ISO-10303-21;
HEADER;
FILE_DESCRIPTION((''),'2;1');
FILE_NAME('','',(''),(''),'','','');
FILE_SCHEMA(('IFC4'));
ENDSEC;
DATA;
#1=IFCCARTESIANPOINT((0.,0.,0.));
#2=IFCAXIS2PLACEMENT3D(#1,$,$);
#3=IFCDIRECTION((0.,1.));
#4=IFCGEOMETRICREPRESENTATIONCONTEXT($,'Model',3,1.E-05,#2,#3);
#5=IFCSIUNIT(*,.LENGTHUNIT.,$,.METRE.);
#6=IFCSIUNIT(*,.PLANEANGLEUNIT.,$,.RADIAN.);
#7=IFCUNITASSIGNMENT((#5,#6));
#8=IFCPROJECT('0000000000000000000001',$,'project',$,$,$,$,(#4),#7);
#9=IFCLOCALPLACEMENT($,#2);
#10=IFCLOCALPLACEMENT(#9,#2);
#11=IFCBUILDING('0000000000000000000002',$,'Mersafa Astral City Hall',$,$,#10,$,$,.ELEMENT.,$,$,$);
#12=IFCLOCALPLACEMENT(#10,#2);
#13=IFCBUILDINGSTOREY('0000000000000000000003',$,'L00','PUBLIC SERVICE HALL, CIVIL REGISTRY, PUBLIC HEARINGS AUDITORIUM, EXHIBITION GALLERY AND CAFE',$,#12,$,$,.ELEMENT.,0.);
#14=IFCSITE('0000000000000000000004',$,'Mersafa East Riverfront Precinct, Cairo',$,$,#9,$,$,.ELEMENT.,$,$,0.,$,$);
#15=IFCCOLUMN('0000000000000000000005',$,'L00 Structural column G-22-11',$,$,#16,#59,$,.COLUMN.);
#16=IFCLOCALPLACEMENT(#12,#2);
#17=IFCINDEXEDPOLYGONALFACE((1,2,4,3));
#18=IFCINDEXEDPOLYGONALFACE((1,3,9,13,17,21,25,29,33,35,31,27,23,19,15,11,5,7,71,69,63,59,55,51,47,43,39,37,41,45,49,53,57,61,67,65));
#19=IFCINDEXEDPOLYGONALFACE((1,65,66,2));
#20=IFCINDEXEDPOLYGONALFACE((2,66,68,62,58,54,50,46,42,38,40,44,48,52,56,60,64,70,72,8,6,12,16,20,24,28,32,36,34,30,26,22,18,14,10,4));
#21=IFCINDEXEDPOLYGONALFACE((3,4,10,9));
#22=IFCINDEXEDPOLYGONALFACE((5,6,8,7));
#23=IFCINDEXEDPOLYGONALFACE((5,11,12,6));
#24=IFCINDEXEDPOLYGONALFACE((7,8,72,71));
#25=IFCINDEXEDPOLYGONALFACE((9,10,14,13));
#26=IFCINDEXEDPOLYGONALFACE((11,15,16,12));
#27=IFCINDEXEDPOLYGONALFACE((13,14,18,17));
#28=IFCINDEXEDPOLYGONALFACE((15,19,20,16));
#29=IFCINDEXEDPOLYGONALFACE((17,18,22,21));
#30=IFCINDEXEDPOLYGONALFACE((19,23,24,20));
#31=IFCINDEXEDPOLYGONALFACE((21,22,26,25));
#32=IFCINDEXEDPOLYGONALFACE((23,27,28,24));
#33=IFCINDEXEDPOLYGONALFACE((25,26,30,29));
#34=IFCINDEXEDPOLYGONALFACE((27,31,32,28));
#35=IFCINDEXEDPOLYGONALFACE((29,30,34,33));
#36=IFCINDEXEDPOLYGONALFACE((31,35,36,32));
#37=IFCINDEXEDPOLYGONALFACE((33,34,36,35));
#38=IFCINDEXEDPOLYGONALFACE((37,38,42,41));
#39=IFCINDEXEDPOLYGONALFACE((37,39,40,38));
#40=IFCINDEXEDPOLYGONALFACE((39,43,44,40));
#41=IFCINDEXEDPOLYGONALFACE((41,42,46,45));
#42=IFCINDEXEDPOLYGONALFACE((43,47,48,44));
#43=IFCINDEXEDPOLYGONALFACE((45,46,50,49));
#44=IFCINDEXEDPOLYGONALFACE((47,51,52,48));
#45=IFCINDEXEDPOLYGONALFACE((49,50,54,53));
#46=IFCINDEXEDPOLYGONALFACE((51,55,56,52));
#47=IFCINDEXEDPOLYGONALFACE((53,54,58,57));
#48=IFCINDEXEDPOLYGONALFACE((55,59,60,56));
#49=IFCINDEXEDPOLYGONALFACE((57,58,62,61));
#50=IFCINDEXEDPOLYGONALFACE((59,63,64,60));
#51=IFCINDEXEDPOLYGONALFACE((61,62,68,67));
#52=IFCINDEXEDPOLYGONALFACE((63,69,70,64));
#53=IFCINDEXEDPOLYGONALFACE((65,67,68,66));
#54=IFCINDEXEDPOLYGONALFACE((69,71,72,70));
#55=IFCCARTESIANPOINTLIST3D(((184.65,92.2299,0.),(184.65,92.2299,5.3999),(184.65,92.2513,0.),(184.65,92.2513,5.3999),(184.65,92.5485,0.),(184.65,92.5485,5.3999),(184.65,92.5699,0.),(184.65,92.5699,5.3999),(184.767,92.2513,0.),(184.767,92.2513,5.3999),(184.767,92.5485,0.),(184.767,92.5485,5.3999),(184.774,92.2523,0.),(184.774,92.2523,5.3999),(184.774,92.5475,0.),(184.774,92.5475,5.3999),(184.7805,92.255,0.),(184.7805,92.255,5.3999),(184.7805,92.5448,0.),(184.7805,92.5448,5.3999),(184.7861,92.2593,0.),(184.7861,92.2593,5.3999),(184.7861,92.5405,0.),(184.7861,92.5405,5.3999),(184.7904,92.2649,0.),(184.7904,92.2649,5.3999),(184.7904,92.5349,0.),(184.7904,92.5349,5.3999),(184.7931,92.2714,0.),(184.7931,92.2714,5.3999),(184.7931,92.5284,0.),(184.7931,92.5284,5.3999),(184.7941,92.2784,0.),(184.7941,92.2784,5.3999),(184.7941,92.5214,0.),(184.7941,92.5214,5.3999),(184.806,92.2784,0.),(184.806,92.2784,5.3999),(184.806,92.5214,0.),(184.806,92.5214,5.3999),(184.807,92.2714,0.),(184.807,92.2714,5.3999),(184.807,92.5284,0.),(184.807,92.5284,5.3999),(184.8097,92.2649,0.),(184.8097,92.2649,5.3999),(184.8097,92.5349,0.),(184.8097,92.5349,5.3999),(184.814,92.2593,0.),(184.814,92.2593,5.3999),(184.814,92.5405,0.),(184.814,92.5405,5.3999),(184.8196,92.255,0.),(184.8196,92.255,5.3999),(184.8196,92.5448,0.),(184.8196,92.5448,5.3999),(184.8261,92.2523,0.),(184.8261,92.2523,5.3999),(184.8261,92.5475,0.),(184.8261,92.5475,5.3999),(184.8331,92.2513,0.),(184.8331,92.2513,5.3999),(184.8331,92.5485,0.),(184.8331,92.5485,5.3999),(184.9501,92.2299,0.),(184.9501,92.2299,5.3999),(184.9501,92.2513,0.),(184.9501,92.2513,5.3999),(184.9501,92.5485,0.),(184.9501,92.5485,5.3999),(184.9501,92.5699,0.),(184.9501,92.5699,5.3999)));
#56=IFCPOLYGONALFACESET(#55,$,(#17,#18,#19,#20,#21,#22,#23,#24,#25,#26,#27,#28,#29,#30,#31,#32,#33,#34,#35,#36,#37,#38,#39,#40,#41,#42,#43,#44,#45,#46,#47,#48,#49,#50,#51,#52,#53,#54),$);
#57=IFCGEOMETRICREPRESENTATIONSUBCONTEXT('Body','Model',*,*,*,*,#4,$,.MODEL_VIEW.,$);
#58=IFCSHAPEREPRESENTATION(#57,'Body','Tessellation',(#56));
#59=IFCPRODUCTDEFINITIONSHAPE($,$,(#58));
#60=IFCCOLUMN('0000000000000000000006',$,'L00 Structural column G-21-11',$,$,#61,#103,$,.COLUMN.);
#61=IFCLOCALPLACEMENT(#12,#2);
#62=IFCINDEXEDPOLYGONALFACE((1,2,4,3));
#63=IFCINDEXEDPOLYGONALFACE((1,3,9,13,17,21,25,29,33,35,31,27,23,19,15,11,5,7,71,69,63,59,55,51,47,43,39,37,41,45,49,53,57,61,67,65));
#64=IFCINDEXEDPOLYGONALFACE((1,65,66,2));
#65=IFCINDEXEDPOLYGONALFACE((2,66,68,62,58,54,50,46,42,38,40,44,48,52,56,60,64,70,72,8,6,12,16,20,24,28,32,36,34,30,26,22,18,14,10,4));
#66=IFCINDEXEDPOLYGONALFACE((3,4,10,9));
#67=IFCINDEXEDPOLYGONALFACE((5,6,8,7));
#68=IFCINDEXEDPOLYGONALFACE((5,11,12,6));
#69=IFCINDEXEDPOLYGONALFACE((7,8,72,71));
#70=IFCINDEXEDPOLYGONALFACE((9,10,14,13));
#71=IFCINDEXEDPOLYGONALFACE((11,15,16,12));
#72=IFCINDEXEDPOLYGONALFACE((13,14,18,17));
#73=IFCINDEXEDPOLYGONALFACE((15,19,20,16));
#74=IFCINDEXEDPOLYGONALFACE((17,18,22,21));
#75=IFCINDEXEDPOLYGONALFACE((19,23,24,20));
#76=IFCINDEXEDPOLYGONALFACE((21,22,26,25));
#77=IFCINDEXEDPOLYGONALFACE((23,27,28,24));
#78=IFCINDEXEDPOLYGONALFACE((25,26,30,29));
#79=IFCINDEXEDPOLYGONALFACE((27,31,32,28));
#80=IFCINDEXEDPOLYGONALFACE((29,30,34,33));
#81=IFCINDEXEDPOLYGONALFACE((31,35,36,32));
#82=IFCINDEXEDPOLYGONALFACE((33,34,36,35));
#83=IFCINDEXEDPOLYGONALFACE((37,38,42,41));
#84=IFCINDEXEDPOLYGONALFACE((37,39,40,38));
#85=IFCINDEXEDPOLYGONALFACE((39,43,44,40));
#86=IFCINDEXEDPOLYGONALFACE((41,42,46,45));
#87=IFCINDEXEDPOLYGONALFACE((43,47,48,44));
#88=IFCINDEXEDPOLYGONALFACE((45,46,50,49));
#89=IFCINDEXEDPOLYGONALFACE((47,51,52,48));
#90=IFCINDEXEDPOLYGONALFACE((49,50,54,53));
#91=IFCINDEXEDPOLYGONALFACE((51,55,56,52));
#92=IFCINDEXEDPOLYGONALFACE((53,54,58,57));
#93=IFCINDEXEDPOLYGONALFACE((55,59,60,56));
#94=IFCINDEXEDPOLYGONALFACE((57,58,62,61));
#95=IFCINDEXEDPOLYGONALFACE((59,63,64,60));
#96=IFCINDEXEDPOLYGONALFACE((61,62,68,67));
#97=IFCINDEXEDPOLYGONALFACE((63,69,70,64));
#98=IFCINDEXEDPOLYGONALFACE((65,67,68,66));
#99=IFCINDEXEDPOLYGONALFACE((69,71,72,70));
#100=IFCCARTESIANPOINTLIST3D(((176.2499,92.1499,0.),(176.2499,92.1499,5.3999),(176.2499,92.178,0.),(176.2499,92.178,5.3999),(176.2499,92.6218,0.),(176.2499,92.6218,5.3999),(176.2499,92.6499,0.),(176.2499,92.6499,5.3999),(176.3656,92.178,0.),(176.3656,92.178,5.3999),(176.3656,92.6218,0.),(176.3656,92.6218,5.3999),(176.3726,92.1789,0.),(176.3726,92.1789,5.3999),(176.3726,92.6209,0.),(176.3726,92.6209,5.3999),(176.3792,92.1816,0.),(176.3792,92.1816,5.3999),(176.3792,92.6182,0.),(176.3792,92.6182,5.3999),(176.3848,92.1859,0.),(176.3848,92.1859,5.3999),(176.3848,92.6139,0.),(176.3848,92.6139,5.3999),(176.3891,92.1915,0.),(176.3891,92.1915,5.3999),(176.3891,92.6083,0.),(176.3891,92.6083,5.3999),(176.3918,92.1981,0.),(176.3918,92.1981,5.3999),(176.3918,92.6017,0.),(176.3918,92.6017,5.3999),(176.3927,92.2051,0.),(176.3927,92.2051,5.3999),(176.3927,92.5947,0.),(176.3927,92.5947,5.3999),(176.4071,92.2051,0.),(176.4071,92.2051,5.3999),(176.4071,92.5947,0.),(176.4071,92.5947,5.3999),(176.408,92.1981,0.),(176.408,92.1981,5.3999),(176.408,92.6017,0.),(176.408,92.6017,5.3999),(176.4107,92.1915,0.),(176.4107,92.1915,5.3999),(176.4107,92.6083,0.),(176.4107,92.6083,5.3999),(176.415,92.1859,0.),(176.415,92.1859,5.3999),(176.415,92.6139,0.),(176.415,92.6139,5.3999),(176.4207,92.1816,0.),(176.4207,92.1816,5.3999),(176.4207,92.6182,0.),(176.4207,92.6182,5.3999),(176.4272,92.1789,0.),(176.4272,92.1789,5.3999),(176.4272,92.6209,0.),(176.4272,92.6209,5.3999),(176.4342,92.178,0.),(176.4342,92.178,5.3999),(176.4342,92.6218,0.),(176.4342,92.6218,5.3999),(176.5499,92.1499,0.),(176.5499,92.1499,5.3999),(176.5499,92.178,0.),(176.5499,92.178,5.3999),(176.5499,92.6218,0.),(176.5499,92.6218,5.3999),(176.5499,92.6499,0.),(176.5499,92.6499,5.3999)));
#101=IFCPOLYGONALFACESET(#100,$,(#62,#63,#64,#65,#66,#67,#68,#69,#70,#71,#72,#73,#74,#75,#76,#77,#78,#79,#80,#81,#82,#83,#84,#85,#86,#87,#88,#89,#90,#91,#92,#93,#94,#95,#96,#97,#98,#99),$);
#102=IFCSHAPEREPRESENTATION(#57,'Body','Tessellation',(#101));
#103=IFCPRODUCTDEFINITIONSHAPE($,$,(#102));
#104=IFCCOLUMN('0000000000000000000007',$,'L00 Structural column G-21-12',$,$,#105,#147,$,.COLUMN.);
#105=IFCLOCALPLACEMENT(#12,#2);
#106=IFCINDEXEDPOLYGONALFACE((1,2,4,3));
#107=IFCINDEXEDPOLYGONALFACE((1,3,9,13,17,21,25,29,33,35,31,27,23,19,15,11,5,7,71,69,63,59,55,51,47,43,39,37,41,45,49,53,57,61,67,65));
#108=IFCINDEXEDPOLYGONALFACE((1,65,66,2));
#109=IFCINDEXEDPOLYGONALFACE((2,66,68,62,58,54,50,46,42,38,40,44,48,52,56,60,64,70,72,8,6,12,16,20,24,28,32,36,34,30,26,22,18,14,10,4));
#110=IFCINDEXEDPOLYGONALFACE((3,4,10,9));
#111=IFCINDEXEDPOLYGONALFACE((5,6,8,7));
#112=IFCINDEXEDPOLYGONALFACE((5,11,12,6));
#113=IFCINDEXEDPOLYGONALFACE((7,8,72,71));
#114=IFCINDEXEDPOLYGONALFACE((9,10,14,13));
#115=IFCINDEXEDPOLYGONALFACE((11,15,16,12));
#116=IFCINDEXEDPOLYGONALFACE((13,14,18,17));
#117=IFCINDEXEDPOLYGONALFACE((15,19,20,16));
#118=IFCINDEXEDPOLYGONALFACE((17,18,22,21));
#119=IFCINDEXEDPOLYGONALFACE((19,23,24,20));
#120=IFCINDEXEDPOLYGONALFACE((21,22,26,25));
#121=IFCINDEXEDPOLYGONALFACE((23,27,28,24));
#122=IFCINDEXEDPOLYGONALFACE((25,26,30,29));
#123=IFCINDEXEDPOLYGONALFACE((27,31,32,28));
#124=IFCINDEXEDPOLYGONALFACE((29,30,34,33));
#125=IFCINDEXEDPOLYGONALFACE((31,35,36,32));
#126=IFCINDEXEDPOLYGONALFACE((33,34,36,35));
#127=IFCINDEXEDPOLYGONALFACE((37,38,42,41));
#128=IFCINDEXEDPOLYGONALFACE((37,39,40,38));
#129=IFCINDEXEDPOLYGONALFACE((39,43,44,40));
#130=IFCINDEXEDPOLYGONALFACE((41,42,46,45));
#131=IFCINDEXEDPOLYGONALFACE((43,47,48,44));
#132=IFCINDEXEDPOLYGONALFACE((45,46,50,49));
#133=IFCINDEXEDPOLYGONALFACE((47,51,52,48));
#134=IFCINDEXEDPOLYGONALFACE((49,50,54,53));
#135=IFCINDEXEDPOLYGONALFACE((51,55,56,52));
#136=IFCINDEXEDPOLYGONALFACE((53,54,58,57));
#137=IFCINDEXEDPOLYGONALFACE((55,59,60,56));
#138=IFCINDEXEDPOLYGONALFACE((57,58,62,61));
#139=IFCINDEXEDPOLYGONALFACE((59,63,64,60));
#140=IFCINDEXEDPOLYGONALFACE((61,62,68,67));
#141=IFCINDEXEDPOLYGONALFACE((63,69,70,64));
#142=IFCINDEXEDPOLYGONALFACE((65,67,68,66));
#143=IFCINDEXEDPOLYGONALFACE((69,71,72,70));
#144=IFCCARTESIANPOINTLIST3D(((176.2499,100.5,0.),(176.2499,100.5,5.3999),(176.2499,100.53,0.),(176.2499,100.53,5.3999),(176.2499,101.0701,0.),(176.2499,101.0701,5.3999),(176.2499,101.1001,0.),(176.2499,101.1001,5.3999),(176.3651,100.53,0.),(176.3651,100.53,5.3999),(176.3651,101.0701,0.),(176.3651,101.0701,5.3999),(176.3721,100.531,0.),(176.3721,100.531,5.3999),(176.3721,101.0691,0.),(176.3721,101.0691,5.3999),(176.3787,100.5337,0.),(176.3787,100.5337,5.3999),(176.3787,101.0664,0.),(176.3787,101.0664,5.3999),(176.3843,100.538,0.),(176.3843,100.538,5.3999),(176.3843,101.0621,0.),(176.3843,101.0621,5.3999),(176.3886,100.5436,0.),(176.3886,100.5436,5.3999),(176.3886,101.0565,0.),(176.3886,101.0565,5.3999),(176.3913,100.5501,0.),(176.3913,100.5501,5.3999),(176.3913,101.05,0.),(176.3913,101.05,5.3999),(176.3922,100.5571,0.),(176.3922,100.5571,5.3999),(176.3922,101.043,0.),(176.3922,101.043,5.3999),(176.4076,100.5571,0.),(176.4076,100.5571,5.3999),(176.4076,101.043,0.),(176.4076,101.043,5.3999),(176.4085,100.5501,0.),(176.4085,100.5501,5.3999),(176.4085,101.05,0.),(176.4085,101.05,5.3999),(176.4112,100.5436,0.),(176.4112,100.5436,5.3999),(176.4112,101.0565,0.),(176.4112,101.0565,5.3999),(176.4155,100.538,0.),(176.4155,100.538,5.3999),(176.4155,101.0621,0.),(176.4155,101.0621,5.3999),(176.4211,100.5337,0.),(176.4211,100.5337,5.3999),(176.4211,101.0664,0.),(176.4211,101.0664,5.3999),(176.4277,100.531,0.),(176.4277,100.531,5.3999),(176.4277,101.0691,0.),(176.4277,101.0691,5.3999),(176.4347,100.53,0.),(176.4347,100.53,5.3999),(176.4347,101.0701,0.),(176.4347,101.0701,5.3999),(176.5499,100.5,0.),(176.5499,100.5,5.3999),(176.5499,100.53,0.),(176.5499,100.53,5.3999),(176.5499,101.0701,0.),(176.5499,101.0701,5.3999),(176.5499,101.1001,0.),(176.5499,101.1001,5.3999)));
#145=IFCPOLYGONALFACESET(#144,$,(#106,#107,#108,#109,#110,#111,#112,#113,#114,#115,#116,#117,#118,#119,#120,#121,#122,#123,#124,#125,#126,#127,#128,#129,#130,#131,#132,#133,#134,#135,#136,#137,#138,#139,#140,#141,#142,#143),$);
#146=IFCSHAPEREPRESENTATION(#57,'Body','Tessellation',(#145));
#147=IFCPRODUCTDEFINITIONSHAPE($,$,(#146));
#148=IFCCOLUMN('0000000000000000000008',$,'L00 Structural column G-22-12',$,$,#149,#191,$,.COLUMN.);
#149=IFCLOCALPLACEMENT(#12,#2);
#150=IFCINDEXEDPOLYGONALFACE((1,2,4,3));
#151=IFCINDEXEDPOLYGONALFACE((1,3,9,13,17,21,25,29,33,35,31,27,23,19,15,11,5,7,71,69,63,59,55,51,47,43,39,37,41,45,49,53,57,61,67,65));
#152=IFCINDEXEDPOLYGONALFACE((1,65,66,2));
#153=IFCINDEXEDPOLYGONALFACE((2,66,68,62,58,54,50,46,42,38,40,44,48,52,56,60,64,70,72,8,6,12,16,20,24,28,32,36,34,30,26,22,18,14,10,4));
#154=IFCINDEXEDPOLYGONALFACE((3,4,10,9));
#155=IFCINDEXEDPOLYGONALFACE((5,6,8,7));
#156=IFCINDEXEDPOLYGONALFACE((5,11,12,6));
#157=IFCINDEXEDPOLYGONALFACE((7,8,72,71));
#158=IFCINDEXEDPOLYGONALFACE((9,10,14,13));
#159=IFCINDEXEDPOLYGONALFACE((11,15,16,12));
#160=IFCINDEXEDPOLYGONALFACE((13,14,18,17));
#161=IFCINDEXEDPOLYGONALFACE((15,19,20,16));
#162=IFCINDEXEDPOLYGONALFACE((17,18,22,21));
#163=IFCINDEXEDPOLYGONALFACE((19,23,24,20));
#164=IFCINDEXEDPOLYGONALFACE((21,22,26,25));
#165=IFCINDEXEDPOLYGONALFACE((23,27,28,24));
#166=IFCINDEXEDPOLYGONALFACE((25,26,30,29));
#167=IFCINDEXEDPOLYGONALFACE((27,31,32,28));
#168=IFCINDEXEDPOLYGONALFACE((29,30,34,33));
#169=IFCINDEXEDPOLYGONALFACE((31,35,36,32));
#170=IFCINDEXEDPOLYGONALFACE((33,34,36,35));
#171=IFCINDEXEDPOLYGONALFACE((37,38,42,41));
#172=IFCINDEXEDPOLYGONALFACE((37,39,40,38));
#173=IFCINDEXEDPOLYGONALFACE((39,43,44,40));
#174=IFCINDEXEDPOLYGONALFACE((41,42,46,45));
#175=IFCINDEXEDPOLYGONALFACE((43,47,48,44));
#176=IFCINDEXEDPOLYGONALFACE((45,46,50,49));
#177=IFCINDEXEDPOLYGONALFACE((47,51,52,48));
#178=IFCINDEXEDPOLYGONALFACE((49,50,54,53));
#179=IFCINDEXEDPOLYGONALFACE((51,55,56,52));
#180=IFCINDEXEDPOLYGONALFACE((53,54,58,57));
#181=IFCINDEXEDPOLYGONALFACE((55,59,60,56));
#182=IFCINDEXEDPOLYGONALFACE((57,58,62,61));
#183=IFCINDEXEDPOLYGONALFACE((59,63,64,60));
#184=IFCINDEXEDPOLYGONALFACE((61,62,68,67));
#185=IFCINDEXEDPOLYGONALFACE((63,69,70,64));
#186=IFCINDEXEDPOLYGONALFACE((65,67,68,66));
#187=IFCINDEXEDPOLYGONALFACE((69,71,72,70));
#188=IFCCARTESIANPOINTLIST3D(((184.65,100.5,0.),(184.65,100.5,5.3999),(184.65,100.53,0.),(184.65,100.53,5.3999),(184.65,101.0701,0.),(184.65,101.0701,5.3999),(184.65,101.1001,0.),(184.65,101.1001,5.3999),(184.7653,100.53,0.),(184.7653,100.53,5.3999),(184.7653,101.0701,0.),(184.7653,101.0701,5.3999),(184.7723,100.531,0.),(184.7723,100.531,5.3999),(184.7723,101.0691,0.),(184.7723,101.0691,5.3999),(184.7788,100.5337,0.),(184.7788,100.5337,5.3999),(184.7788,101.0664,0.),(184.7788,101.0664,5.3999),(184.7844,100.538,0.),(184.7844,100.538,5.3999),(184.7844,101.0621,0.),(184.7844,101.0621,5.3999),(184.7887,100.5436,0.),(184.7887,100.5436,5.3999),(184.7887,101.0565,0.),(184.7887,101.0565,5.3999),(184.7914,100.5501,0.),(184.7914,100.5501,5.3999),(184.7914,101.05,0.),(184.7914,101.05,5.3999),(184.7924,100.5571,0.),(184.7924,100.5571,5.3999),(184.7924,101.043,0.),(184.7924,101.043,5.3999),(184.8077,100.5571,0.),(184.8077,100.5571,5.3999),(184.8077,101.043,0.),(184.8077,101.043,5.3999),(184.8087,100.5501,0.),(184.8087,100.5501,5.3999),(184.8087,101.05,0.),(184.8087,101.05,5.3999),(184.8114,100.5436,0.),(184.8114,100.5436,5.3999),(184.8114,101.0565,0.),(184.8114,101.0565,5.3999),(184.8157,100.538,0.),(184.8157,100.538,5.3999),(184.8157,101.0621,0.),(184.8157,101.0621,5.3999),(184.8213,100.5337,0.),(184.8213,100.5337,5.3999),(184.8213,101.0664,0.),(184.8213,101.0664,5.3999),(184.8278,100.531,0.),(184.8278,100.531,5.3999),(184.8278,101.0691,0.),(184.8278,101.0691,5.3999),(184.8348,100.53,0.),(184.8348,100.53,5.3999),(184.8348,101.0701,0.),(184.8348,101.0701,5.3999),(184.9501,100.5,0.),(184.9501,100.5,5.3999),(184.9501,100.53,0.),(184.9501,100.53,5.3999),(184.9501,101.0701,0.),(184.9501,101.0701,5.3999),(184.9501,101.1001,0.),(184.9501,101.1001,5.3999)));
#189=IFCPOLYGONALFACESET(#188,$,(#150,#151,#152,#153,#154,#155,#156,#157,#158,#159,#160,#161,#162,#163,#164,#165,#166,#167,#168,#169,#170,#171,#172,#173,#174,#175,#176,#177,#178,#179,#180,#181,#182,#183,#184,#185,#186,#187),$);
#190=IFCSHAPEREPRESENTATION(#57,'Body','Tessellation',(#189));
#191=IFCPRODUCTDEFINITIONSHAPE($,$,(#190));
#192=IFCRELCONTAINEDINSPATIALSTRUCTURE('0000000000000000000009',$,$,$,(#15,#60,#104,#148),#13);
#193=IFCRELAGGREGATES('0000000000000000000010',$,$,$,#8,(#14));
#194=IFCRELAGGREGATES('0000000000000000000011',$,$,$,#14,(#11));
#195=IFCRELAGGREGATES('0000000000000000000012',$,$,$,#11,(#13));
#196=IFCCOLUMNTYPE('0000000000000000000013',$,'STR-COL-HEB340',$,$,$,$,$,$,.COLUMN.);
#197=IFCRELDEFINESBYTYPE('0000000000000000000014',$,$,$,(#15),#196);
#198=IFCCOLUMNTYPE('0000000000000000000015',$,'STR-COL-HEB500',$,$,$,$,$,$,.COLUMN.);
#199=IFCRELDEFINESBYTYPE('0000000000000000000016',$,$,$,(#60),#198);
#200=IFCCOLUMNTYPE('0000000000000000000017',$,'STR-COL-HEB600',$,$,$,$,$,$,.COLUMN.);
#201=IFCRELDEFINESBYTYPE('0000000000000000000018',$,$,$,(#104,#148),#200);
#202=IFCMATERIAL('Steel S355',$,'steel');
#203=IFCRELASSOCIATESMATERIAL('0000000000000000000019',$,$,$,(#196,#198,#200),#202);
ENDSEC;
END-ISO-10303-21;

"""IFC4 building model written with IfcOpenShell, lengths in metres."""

from ifc_helpers import new_model, si_unit, direction, frame, origin, origin_2d, place, context, subcontext, project, spatial, i_section, extrude, material, material_profile, profile_set, type_object, element, save


model = new_model("IFC4")

# Units and contexts
model_context = context("Model", 3, precision=1e-05, world=origin(), true_north=direction((0.0, 1.0)))
body_context = subcontext(model_context, "Body", "Model", "MODEL_VIEW")
ifc_project = project(units=[si_unit("LENGTHUNIT", "METRE"), si_unit("PLANEANGLEUNIT", "RADIAN")], contexts=[model_context])

# Site, building, storey
site_placement = place(None, origin())
site = spatial("IfcSite", under=ifc_project, at=site_placement, Name="Mersafa East Riverfront Precinct, Cairo", CompositionType="ELEMENT", RefElevation=0.0)
building_placement = place(site_placement, origin())
building = spatial("IfcBuilding", under=site, at=building_placement, Name="Mersafa Astral City Hall", CompositionType="ELEMENT")
storey_placement = place(building_placement, origin())
storey = spatial("IfcBuildingStorey", under=building, at=storey_placement, Name="L00", Description="PUBLIC SERVICE HALL, CIVIL REGISTRY, PUBLIC HEARINGS AUDITORIUM, EXHIBITION GALLERY AND CAFE", CompositionType="ELEMENT", Elevation=0.0)

# Columns
ifc_material_1 = material(Name="Steel S355", Category="steel")
ifc_material_profile_1 = material_profile(ifc_material_1, i_section(OverallWidth=0.3, OverallDepth=0.3401, WebThickness=0.012, FlangeThickness=0.0215, FilletRadius=0.0271, at=origin_2d()), Name="HEB 340")
ifc_profile_set_1 = profile_set([ifc_material_profile_1], Name="Steel S355")
column_type_1 = type_object("IfcColumnType", Name="STR-COL-HEB340", PredefinedType="COLUMN", material=ifc_profile_set_1)
column_1_placement = place(storey_placement, frame((184.8, 92.3999, 0.0), z_axis=(0.0, 0.0, 1.0), x_axis=(1.0, 0.0, 0.0)))
element("IfcColumn", 1, at=column_1_placement, inside=storey, type_object=column_type_1, Name="L00 Structural column G-22-11", PredefinedType="COLUMN", context=body_context, shape_type="SweptSolid", body=[
    extrude(i_section(OverallWidth=0.3, OverallDepth=0.3401, WebThickness=0.012, FlangeThickness=0.0215, FilletRadius=0.0271, at=origin_2d()), origin(), (0.0, 0.0, 1.0), 5.3999),
])
ifc_material_profile_2 = material_profile(ifc_material_1, i_section(OverallWidth=0.3, OverallDepth=0.5, WebThickness=0.0144, FlangeThickness=0.0281, FilletRadius=0.0271, at=origin_2d()), Name="HEB 500")
ifc_profile_set_2 = profile_set([ifc_material_profile_2], Name="Steel S355")
column_type_2 = type_object("IfcColumnType", Name="STR-COL-HEB500", PredefinedType="COLUMN", material=ifc_profile_set_2)
column_2_placement = place(storey_placement, frame((176.3999, 92.3999, 0.0), z_axis=(0.0, 0.0, 1.0), x_axis=(1.0, 0.0, 0.0)))
element("IfcColumn", 2, at=column_2_placement, inside=storey, type_object=column_type_2, Name="L00 Structural column G-21-11", PredefinedType="COLUMN", context=body_context, shape_type="SweptSolid", body=[
    extrude(i_section(OverallWidth=0.3, OverallDepth=0.5, WebThickness=0.0144, FlangeThickness=0.0281, FilletRadius=0.0271, at=origin_2d()), origin(), (0.0, 0.0, 1.0), 5.3999),
])
ifc_material_profile_3 = material_profile(ifc_material_1, i_section(OverallWidth=0.3, OverallDepth=0.6001, WebThickness=0.0154, FlangeThickness=0.03, FilletRadius=0.0271, at=origin_2d()), Name="HEB 600")
ifc_profile_set_3 = profile_set([ifc_material_profile_3], Name="Steel S355")
column_type_3 = type_object("IfcColumnType", Name="STR-COL-HEB600", PredefinedType="COLUMN", material=ifc_profile_set_3)
for number, where, z_axis, x_axis, name in (
    (3, (176.3999, 100.8, 0.0), (0.0, 0.0, 1.0), (1.0, 0.0, 0.0), "L00 Structural column G-21-12"),
    (4, (184.8, 100.8, 0.0), (0.0, 0.0, 1.0), (1.0, 0.0, 0.0), "L00 Structural column G-22-12"),
):
    element("IfcColumn", number, at=place(storey_placement, frame(where, z_axis=z_axis, x_axis=x_axis)), inside=storey, type_object=column_type_3, Name=name, PredefinedType="COLUMN", context=body_context, shape_type="SweptSolid", body=[
        extrude(i_section(OverallWidth=0.3, OverallDepth=0.6001, WebThickness=0.0154, FlangeThickness=0.03, FilletRadius=0.0271, at=origin_2d()), origin(), (0.0, 0.0, 1.0), 5.3999),
    ])

save(model, "model.ifc")
